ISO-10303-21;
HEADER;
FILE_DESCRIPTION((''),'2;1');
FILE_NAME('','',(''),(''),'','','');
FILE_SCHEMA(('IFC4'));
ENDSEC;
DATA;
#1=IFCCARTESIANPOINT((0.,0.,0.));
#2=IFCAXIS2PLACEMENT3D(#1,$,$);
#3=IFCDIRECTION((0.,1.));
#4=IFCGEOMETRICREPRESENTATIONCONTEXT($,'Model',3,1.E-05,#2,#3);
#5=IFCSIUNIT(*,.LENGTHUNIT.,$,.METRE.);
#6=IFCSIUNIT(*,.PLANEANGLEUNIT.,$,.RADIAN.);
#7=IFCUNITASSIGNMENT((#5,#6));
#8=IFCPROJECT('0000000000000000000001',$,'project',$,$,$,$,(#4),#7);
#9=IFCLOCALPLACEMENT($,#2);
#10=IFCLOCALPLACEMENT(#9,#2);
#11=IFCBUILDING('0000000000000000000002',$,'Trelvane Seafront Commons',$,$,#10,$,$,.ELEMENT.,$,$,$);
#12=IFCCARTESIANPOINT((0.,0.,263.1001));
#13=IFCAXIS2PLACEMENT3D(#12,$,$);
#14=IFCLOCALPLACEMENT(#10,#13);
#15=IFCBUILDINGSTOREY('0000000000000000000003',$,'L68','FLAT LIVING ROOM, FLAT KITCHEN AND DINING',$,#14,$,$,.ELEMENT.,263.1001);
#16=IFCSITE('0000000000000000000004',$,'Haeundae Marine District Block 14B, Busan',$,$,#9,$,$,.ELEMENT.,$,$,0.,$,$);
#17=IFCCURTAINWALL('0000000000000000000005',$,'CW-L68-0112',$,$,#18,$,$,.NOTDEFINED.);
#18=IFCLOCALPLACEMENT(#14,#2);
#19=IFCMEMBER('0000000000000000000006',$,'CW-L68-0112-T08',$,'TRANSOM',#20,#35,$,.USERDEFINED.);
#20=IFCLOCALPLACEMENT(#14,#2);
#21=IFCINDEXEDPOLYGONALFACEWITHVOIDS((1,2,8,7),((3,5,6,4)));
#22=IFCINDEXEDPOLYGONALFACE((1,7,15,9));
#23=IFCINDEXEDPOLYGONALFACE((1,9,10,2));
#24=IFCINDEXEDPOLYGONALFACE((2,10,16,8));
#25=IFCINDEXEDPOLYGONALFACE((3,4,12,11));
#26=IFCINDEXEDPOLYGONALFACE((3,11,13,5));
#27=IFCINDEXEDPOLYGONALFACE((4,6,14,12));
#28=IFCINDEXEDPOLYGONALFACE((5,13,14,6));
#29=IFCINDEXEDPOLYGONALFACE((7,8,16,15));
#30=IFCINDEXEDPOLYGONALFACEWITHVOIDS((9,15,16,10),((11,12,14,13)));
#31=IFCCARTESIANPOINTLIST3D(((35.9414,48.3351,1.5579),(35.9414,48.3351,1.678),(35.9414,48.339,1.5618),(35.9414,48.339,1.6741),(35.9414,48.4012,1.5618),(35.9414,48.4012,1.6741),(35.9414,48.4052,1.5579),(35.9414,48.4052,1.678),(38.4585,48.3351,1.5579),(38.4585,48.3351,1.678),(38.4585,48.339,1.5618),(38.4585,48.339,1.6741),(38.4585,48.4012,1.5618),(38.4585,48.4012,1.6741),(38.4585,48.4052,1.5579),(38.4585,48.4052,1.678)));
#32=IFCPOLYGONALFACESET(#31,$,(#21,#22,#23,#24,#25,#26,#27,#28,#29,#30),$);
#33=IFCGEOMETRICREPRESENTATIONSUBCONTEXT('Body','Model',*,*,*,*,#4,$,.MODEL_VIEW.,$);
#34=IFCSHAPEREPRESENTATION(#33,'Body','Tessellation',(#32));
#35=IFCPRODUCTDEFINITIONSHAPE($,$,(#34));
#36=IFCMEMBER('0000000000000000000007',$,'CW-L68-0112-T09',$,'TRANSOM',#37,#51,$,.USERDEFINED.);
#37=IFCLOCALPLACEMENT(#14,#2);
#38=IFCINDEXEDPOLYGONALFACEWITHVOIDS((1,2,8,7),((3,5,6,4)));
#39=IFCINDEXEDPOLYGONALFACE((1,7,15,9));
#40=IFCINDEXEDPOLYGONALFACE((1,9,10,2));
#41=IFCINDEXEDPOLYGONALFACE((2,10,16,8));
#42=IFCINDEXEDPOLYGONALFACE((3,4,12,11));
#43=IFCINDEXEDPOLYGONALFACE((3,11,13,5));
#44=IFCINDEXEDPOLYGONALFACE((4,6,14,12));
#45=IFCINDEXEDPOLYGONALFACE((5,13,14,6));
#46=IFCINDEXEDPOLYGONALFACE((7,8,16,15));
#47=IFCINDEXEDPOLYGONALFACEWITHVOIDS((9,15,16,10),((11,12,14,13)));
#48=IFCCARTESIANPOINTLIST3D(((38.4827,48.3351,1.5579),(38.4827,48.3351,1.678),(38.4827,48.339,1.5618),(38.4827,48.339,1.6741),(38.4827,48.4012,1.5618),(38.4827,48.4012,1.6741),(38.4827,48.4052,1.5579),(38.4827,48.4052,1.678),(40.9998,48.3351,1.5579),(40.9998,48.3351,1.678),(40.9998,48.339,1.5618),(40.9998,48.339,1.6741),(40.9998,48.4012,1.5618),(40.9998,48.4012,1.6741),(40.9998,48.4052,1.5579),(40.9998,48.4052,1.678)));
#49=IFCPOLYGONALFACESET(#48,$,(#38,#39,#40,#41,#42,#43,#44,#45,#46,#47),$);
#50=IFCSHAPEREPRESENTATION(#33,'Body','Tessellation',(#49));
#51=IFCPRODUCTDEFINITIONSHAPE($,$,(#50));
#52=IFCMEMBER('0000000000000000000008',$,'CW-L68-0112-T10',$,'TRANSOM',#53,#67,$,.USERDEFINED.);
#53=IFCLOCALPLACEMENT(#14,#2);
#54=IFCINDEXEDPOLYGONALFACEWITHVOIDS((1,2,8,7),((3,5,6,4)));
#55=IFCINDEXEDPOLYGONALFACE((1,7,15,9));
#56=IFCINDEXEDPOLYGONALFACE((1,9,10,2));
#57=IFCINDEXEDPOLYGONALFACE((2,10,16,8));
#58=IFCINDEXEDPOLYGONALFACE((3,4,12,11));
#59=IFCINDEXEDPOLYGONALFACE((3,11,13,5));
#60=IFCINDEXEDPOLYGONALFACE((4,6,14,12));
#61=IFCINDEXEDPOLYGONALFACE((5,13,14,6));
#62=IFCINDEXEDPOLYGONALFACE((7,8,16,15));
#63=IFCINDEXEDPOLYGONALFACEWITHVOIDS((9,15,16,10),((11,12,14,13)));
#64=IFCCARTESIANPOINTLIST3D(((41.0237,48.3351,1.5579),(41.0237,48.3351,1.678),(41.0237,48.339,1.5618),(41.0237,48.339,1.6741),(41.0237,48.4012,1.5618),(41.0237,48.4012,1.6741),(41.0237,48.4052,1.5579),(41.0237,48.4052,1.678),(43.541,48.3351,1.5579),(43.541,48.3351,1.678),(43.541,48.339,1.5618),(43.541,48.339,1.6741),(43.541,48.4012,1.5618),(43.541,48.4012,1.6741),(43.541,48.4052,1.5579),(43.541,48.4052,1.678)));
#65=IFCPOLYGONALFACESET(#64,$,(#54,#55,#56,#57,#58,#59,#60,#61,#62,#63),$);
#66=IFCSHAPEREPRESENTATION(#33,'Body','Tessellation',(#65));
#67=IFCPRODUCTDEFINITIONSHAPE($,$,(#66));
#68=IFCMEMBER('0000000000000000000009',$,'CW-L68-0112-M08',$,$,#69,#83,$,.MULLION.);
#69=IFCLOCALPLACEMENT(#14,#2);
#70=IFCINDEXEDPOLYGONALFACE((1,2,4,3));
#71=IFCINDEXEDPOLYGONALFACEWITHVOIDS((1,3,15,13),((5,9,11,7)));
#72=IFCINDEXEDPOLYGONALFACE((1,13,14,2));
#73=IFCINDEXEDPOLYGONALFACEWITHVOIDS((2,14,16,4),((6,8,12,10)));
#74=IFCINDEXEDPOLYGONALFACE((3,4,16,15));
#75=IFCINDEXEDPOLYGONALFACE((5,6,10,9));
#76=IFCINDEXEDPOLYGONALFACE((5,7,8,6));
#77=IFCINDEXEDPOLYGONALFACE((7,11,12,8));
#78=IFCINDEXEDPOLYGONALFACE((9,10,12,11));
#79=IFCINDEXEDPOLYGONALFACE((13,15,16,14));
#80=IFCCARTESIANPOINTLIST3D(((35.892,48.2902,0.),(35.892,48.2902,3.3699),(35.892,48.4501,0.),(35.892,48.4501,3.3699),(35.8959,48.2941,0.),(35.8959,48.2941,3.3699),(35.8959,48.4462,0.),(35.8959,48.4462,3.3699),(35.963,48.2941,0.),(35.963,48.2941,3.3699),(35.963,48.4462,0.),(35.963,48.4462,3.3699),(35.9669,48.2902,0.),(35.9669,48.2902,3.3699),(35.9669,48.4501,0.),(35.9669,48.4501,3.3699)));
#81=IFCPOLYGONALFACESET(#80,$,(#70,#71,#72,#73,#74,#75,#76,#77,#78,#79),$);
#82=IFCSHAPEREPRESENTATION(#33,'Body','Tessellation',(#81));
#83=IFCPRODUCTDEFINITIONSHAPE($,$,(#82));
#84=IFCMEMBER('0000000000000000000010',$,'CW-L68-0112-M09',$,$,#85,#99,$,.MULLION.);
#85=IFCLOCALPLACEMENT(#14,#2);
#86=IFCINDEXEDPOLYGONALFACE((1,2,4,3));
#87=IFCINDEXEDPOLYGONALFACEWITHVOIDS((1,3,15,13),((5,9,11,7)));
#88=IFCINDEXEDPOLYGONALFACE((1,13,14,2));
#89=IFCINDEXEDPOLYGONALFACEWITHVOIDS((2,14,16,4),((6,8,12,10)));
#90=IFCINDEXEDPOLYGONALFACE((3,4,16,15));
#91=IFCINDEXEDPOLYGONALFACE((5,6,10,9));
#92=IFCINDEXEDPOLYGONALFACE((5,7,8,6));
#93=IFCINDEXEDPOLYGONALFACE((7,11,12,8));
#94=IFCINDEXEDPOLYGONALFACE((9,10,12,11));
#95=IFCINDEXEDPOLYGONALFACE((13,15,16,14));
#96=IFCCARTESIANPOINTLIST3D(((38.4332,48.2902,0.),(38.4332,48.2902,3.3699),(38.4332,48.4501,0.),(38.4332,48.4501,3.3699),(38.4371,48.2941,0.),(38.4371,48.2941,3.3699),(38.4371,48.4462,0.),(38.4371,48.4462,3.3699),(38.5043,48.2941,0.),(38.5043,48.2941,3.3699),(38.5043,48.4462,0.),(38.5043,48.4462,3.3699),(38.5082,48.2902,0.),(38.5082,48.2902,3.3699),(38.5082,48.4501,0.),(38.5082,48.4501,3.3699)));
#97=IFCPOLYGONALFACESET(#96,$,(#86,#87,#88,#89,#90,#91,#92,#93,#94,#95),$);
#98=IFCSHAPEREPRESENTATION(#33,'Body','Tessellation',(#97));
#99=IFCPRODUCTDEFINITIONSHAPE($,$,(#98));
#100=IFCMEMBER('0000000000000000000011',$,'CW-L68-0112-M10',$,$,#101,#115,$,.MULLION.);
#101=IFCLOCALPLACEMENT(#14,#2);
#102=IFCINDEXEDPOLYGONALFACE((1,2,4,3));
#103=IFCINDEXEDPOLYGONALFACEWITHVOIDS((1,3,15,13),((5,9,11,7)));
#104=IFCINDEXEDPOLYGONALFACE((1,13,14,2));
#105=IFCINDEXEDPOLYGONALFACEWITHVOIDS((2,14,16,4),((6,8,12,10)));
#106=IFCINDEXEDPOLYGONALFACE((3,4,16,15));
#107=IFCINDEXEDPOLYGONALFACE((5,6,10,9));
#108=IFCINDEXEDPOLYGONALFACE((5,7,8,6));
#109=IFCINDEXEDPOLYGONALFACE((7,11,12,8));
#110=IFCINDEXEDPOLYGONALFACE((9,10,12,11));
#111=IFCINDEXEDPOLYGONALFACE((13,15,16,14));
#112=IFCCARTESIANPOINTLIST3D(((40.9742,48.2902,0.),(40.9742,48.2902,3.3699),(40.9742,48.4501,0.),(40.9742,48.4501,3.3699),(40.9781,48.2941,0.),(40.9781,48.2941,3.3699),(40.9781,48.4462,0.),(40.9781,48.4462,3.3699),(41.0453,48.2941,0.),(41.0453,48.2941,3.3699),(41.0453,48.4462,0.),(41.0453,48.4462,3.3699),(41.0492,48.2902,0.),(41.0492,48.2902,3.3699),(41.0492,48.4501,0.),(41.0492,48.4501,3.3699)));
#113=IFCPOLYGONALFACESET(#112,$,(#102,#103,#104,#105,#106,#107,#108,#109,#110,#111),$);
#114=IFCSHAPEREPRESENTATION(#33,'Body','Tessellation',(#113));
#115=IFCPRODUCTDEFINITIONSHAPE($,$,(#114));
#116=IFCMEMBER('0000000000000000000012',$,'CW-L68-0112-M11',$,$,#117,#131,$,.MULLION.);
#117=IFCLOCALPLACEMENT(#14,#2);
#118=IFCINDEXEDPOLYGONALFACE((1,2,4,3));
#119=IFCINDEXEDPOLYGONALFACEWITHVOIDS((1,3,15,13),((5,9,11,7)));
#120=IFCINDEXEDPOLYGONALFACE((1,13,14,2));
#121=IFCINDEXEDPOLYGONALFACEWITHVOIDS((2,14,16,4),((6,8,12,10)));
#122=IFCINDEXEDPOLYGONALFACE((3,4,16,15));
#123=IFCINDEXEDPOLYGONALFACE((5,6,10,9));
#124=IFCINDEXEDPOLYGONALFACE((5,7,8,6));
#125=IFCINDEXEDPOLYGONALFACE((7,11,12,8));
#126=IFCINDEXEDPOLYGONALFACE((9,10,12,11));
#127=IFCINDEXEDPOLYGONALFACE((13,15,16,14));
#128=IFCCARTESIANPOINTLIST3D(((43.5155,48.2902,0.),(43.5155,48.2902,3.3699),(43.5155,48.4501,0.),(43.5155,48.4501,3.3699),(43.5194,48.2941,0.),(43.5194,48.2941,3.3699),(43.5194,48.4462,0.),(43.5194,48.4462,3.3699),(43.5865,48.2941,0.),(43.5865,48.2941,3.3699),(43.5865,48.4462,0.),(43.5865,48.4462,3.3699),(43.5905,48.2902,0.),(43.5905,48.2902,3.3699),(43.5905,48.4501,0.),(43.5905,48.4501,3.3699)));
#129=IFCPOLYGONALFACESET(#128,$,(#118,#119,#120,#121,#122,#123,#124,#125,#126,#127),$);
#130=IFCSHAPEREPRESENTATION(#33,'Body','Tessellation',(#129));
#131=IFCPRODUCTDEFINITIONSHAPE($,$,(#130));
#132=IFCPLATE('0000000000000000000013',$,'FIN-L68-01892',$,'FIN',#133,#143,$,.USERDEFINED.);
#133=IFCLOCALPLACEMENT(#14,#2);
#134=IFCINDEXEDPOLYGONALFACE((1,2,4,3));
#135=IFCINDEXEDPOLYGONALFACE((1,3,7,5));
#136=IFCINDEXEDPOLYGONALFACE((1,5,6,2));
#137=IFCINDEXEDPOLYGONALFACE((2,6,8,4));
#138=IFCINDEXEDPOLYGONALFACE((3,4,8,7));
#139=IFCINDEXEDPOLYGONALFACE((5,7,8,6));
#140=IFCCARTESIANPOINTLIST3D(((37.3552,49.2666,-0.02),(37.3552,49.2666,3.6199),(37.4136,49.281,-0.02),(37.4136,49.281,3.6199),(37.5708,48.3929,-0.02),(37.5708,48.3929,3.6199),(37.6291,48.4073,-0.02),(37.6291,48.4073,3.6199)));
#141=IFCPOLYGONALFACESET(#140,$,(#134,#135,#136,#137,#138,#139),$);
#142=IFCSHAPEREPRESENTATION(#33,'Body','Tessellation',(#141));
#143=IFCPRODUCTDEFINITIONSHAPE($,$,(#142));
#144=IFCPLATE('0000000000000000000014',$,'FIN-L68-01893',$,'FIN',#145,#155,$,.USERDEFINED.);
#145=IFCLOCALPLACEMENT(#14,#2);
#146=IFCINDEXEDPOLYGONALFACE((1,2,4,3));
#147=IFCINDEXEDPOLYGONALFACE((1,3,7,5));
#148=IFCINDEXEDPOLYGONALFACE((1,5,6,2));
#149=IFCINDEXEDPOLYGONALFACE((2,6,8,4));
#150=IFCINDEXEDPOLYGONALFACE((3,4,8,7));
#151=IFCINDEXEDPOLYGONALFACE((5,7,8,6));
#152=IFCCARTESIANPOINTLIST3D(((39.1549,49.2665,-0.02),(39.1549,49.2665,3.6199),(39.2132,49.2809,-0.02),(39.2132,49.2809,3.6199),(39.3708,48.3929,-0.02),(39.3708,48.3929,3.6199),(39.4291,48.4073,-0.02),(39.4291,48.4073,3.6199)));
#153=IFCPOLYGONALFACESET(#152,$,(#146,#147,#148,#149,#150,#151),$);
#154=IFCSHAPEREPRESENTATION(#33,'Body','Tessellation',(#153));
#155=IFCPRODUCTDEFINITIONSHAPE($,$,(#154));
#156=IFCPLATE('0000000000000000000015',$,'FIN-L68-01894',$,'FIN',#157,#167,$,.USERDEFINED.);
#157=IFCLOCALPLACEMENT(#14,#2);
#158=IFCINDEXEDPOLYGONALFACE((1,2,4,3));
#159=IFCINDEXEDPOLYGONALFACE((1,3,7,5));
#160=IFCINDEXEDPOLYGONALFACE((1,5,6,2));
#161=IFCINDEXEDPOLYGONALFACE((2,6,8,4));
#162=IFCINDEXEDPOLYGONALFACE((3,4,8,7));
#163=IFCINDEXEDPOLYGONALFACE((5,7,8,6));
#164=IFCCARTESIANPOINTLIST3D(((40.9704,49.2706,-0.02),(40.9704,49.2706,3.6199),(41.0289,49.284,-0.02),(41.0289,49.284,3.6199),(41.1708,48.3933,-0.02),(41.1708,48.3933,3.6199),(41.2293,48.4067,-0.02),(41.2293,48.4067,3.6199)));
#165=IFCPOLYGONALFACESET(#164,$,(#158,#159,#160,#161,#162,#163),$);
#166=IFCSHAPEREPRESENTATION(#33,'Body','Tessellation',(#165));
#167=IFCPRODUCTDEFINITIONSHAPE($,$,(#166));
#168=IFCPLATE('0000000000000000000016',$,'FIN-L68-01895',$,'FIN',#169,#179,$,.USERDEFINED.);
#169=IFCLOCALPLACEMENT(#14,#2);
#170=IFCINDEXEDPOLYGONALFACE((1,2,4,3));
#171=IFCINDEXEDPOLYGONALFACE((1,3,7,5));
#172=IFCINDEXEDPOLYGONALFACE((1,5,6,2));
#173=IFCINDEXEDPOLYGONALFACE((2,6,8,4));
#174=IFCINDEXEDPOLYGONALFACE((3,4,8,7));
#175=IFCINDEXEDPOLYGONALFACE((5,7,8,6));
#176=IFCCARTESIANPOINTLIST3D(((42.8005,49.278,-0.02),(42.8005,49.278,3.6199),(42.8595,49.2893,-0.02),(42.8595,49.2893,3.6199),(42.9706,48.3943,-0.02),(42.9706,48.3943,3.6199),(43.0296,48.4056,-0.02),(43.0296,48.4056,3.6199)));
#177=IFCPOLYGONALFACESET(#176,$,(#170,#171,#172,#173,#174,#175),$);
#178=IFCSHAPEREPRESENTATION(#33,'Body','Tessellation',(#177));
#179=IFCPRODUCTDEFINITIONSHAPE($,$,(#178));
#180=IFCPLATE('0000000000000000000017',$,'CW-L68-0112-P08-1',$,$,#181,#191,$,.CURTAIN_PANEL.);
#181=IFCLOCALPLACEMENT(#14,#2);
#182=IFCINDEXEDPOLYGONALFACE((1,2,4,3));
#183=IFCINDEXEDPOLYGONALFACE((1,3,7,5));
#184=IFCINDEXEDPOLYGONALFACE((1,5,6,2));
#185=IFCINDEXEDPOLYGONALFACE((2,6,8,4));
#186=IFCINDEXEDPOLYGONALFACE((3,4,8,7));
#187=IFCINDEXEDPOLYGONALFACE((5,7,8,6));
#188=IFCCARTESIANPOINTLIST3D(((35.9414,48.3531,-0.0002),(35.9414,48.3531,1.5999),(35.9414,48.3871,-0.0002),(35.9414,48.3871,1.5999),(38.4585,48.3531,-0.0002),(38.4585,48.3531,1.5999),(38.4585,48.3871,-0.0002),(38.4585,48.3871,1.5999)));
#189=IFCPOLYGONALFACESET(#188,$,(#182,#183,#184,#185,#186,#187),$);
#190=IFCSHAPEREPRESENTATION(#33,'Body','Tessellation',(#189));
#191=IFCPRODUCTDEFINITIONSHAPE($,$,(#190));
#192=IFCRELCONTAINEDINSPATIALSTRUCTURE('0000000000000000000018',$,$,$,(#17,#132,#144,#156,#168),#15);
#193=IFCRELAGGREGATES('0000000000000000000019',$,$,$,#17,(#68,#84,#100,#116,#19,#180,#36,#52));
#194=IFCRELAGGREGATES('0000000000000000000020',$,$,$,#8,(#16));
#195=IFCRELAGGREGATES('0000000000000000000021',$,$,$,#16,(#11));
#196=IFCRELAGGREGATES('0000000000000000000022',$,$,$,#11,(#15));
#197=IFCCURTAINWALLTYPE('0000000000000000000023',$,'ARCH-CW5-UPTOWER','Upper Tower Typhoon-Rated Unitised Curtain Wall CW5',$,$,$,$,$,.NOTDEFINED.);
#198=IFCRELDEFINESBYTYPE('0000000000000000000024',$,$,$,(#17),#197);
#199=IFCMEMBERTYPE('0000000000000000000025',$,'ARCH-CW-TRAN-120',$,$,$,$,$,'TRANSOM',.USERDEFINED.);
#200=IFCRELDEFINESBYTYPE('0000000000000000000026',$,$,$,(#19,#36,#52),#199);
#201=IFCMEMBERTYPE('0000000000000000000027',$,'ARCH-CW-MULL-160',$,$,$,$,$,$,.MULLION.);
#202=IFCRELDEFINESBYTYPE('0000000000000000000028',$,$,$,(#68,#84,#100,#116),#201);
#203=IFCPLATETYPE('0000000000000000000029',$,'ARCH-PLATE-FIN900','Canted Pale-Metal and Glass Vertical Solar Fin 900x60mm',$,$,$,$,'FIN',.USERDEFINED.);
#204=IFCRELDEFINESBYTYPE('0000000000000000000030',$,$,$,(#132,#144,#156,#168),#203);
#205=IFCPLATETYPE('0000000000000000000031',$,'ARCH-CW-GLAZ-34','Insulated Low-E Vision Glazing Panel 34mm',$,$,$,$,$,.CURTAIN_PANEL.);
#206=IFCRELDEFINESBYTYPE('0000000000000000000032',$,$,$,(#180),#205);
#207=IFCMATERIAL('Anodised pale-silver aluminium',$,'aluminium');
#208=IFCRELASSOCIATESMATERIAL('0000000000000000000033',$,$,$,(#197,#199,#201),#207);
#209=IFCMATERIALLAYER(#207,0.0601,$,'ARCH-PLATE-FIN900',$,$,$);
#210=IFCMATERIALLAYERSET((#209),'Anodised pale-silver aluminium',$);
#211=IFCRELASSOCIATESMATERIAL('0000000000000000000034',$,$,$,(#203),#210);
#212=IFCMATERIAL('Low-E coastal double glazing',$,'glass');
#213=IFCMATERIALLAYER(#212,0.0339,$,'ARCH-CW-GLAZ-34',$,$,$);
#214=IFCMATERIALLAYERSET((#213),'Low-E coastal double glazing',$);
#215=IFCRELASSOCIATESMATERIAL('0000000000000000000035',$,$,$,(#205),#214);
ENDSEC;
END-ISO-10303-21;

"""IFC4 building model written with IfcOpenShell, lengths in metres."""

from ifc_helpers import new_model, si_unit, direction, frame, origin, origin_2d, place, context, subcontext, project, spatial, rectangle, hollow_rectangle, extrude, source, transform, mapped, material, layer, layer_set, material_profile, profile_set, type_object, element, aggregate, save


model = new_model("IFC4")

# Units and contexts
model_context = context("Model", 3, precision=1e-05, world=origin(), true_north=direction((0.0, 1.0)))
body_context = subcontext(model_context, "Body", "Model", "MODEL_VIEW")
ifc_project = project(units=[si_unit("LENGTHUNIT", "METRE"), si_unit("PLANEANGLEUNIT", "RADIAN")], contexts=[model_context])

# Site, building, storey
site_placement = place(None, origin())
site = spatial("IfcSite", under=ifc_project, at=site_placement, Name="Haeundae Marine District Block 14B, Busan", CompositionType="ELEMENT", RefElevation=0.0)
building_placement = place(site_placement, origin())
building = spatial("IfcBuilding", under=site, at=building_placement, Name="Trelvane Seafront Commons", CompositionType="ELEMENT")
storey_placement = place(building_placement, frame((0.0, 0.0, 263.1001)))
storey = spatial("IfcBuildingStorey", under=building, at=storey_placement, Name="L68", Description="FLAT LIVING ROOM, FLAT KITCHEN AND DINING", CompositionType="ELEMENT", Elevation=263.1001)

# Curtain wall, members
ifc_material_1 = material(Name="Anodised pale-silver aluminium", Category="aluminium")
curtain_wall_type = type_object("IfcCurtainWallType", Name="ARCH-CW5-UPTOWER", Description="Upper Tower Typhoon-Rated Unitised Curtain Wall CW5", PredefinedType="NOTDEFINED", material=ifc_material_1)
curtain_wall_placement = place(storey_placement, origin())
curtain_wall = element("IfcCurtainWall", 1, at=curtain_wall_placement, inside=storey, type_object=curtain_wall_type, Name="CW-L68-0112", PredefinedType="NOTDEFINED")
ifc_material_profile_1 = material_profile(ifc_material_1, hollow_rectangle(XDim=0.0701, YDim=0.1201, WallThickness=0.0039, at=origin_2d()), Name="TRAN-70x120x4")
ifc_profile_set_1 = profile_set([ifc_material_profile_1], Name="Anodised pale-silver aluminium")
member_type_1 = type_object("IfcMemberType", Name="ARCH-CW-TRAN-120", ElementType="TRANSOM", PredefinedType="USERDEFINED", material=ifc_profile_set_1)
shared_shape_1 = source(origin(), body_context, "Body", "SweptSolid", [
    extrude(hollow_rectangle(XDim=0.0701, YDim=0.1201, WallThickness=0.0039, at=origin_2d()), origin(), (0.0, 0.0, 1.0), 2.5171),
])
member_1_placement = place(storey_placement, frame((35.9414, 48.3701, 1.6179), z_axis=(1.0, 0.0, 0.0), x_axis=(0.0, 1.0, 0.0)))
member_1 = element("IfcMember", 2, at=member_1_placement, type_object=member_type_1, Name="CW-L68-0112-T08", ObjectType="TRANSOM", PredefinedType="USERDEFINED", context=body_context, shape_type="MappedRepresentation", body=[
    mapped(shared_shape_1, transform((0.0, 0.0, 0.0), x_axis=(1.0, 0.0, 0.0), y_axis=(0.0, 1.0, 0.0), z_axis=(0.0, 0.0, 1.0), scale=1.0)),
])
member_2_placement = place(storey_placement, frame((38.4827, 48.3701, 1.6179), z_axis=(1.0, 0.0, 0.0), x_axis=(0.0, 1.0, 0.0)))
member_2 = element("IfcMember", 3, at=member_2_placement, type_object=member_type_1, Name="CW-L68-0112-T09", ObjectType="TRANSOM", PredefinedType="USERDEFINED", context=body_context, shape_type="MappedRepresentation", body=[
    mapped(shared_shape_1, transform((0.0, 0.0, 0.0), x_axis=(1.0, 0.0, 0.0), y_axis=(0.0, 1.0, 0.0), z_axis=(0.0, 0.0, 1.0), scale=1.0)),
])
shared_shape_2 = source(origin(), body_context, "Body", "SweptSolid", [
    extrude(hollow_rectangle(XDim=0.0701, YDim=0.1201, WallThickness=0.0039, at=origin_2d()), origin(), (0.0, 0.0, 1.0), 2.5173),
])
member_3_placement = place(storey_placement, frame((41.0237, 48.3701, 1.6179), z_axis=(1.0, 0.0, 0.0), x_axis=(0.0, 1.0, 0.0)))
member_3 = element("IfcMember", 4, at=member_3_placement, type_object=member_type_1, Name="CW-L68-0112-T10", ObjectType="TRANSOM", PredefinedType="USERDEFINED", context=body_context, shape_type="MappedRepresentation", body=[
    mapped(shared_shape_2, transform((0.0, 0.0, 0.0), x_axis=(1.0, 0.0, 0.0), y_axis=(0.0, 1.0, 0.0), z_axis=(0.0, 0.0, 1.0), scale=1.0)),
])
ifc_material_profile_2 = material_profile(ifc_material_1, hollow_rectangle(XDim=0.075, YDim=0.1599, WallThickness=0.0039, at=origin_2d()), Name="MULL-75x160x4")
ifc_profile_set_2 = profile_set([ifc_material_profile_2], Name="Anodised pale-silver aluminium")
member_type_2 = type_object("IfcMemberType", Name="ARCH-CW-MULL-160", PredefinedType="MULLION", material=ifc_profile_set_2)
shared_shape_3 = source(origin(), body_context, "Body", "SweptSolid", [
    extrude(hollow_rectangle(XDim=0.075, YDim=0.1599, WallThickness=0.0039, at=origin_2d()), origin(), (0.0, 0.0, 1.0), 3.3699),
])
member_4_placement = place(storey_placement, frame((35.9294, 48.3701, 0.0), z_axis=(0.0, 0.0, 1.0), x_axis=(1.0, 0.0, 0.0)))
member_4 = element("IfcMember", 5, at=member_4_placement, type_object=member_type_2, Name="CW-L68-0112-M08", PredefinedType="MULLION", context=body_context, shape_type="MappedRepresentation", body=[
    mapped(shared_shape_3, transform((0.0, 0.0, 0.0), x_axis=(1.0, 0.0, 0.0), y_axis=(0.0, 1.0, 0.0), z_axis=(0.0, 0.0, 1.0), scale=1.0)),
])
member_5_placement = place(storey_placement, frame((38.4707, 48.3701, 0.0), z_axis=(0.0, 0.0, 1.0), x_axis=(1.0, 0.0, 0.0)))
member_5 = element("IfcMember", 6, at=member_5_placement, type_object=member_type_2, Name="CW-L68-0112-M09", PredefinedType="MULLION", context=body_context, shape_type="MappedRepresentation", body=[
    mapped(shared_shape_3, transform((0.0, 0.0, 0.0), x_axis=(1.0, 0.0, 0.0), y_axis=(0.0, 1.0, 0.0), z_axis=(0.0, 0.0, 1.0), scale=1.0)),
])
member_6_placement = place(storey_placement, frame((41.0117, 48.3701, 0.0), z_axis=(0.0, 0.0, 1.0), x_axis=(1.0, 0.0, 0.0)))
member_6 = element("IfcMember", 7, at=member_6_placement, type_object=member_type_2, Name="CW-L68-0112-M10", PredefinedType="MULLION", context=body_context, shape_type="MappedRepresentation", body=[
    mapped(shared_shape_3, transform((0.0, 0.0, 0.0), x_axis=(1.0, 0.0, 0.0), y_axis=(0.0, 1.0, 0.0), z_axis=(0.0, 0.0, 1.0), scale=1.0)),
])
member_7_placement = place(storey_placement, frame((43.553, 48.3701, 0.0), z_axis=(0.0, 0.0, 1.0), x_axis=(1.0, 0.0, 0.0)))
member_7 = element("IfcMember", 8, at=member_7_placement, type_object=member_type_2, Name="CW-L68-0112-M11", PredefinedType="MULLION", context=body_context, shape_type="MappedRepresentation", body=[
    mapped(shared_shape_3, transform((0.0, 0.0, 0.0), x_axis=(1.0, 0.0, 0.0), y_axis=(0.0, 1.0, 0.0), z_axis=(0.0, 0.0, 1.0), scale=1.0)),
])

# Plates
ifc_layer_1 = layer(ifc_material_1, 0.0601, Name="ARCH-PLATE-FIN900")
ifc_layer_set_1 = layer_set([ifc_layer_1], Name="Anodised pale-silver aluminium")
plate_type_1 = type_object("IfcPlateType", Name="ARCH-PLATE-FIN900", Description="Canted Pale-Metal and Glass Vertical Solar Fin 900x60mm", ElementType="FIN", PredefinedType="USERDEFINED", material=ifc_layer_set_1)
shared_shape_4 = source(origin(), body_context, "Body", "SweptSolid", [
    extrude(rectangle(XDim=0.8999, YDim=0.0601, at=origin_2d()), origin(), (0.0, 0.0, 1.0), 3.6399),
])
for number, where, z_axis, x_axis, name in (
    (9, (37.4922, 48.8369, -0.02), (0.0, 0.0, 1.0), (-0.239554, 0.970883, 0.0), "FIN-L68-01892"),
    (10, (39.292, 48.8369, -0.02), (0.0, 0.0, 1.0), (-0.239894, 0.970799, 0.0), "FIN-L68-01893"),
    (11, (41.0999, 48.8386, -0.02), (0.0, 0.0, 1.0), (-0.222668, 0.974894, 0.0), "FIN-L68-01894"),
    (12, (42.915, 48.8418, -0.02), (0.0, 0.0, 1.0), (-0.188996, 0.981978, 0.0), "FIN-L68-01895"),
):
    element("IfcPlate", number, at=place(storey_placement, frame(where, z_axis=z_axis, x_axis=x_axis)), inside=storey, type_object=plate_type_1, Name=name, ObjectType="FIN", PredefinedType="USERDEFINED", context=body_context, shape_type="MappedRepresentation", body=[
        mapped(shared_shape_4, transform((0.0, 0.0, 0.0), x_axis=(1.0, 0.0, 0.0), y_axis=(0.0, 1.0, 0.0), z_axis=(0.0, 0.0, 1.0), scale=1.0)),
    ])

# Plate
ifc_material_2 = material(Name="Low-E coastal double glazing", Category="glass")
ifc_layer_2 = layer(ifc_material_2, 0.0339, Name="ARCH-CW-GLAZ-34")
ifc_layer_set_2 = layer_set([ifc_layer_2], Name="Low-E coastal double glazing")
plate_type_2 = type_object("IfcPlateType", Name="ARCH-CW-GLAZ-34", Description="Insulated Low-E Vision Glazing Panel 34mm", PredefinedType="CURTAIN_PANEL", material=ifc_layer_set_2)
shared_shape_5 = source(origin(), body_context, "Body", "SweptSolid", [
    extrude(rectangle(XDim=2.5171, YDim=0.0339, at=origin_2d()), origin(), (0.0, 0.0, 1.0), 1.6001),
])
plate_1_placement = place(storey_placement, frame((37.2, 48.3701, -0.0002), z_axis=(0.0, 0.0, 1.0), x_axis=(1.0, 0.0, 0.0)))
plate_1 = element("IfcPlate", 13, at=plate_1_placement, type_object=plate_type_2, Name="CW-L68-0112-P08-1", PredefinedType="CURTAIN_PANEL", context=body_context, shape_type="MappedRepresentation", body=[
    mapped(shared_shape_5, transform((0.0, 0.0, 0.0), x_axis=(1.0, 0.0, 0.0), y_axis=(0.0, 1.0, 0.0), z_axis=(0.0, 0.0, 1.0), scale=1.0)),
])
aggregate(curtain_wall, [member_4, member_5, member_6, member_7, member_1, plate_1, member_2, member_3])

save(model, "model.ifc")
